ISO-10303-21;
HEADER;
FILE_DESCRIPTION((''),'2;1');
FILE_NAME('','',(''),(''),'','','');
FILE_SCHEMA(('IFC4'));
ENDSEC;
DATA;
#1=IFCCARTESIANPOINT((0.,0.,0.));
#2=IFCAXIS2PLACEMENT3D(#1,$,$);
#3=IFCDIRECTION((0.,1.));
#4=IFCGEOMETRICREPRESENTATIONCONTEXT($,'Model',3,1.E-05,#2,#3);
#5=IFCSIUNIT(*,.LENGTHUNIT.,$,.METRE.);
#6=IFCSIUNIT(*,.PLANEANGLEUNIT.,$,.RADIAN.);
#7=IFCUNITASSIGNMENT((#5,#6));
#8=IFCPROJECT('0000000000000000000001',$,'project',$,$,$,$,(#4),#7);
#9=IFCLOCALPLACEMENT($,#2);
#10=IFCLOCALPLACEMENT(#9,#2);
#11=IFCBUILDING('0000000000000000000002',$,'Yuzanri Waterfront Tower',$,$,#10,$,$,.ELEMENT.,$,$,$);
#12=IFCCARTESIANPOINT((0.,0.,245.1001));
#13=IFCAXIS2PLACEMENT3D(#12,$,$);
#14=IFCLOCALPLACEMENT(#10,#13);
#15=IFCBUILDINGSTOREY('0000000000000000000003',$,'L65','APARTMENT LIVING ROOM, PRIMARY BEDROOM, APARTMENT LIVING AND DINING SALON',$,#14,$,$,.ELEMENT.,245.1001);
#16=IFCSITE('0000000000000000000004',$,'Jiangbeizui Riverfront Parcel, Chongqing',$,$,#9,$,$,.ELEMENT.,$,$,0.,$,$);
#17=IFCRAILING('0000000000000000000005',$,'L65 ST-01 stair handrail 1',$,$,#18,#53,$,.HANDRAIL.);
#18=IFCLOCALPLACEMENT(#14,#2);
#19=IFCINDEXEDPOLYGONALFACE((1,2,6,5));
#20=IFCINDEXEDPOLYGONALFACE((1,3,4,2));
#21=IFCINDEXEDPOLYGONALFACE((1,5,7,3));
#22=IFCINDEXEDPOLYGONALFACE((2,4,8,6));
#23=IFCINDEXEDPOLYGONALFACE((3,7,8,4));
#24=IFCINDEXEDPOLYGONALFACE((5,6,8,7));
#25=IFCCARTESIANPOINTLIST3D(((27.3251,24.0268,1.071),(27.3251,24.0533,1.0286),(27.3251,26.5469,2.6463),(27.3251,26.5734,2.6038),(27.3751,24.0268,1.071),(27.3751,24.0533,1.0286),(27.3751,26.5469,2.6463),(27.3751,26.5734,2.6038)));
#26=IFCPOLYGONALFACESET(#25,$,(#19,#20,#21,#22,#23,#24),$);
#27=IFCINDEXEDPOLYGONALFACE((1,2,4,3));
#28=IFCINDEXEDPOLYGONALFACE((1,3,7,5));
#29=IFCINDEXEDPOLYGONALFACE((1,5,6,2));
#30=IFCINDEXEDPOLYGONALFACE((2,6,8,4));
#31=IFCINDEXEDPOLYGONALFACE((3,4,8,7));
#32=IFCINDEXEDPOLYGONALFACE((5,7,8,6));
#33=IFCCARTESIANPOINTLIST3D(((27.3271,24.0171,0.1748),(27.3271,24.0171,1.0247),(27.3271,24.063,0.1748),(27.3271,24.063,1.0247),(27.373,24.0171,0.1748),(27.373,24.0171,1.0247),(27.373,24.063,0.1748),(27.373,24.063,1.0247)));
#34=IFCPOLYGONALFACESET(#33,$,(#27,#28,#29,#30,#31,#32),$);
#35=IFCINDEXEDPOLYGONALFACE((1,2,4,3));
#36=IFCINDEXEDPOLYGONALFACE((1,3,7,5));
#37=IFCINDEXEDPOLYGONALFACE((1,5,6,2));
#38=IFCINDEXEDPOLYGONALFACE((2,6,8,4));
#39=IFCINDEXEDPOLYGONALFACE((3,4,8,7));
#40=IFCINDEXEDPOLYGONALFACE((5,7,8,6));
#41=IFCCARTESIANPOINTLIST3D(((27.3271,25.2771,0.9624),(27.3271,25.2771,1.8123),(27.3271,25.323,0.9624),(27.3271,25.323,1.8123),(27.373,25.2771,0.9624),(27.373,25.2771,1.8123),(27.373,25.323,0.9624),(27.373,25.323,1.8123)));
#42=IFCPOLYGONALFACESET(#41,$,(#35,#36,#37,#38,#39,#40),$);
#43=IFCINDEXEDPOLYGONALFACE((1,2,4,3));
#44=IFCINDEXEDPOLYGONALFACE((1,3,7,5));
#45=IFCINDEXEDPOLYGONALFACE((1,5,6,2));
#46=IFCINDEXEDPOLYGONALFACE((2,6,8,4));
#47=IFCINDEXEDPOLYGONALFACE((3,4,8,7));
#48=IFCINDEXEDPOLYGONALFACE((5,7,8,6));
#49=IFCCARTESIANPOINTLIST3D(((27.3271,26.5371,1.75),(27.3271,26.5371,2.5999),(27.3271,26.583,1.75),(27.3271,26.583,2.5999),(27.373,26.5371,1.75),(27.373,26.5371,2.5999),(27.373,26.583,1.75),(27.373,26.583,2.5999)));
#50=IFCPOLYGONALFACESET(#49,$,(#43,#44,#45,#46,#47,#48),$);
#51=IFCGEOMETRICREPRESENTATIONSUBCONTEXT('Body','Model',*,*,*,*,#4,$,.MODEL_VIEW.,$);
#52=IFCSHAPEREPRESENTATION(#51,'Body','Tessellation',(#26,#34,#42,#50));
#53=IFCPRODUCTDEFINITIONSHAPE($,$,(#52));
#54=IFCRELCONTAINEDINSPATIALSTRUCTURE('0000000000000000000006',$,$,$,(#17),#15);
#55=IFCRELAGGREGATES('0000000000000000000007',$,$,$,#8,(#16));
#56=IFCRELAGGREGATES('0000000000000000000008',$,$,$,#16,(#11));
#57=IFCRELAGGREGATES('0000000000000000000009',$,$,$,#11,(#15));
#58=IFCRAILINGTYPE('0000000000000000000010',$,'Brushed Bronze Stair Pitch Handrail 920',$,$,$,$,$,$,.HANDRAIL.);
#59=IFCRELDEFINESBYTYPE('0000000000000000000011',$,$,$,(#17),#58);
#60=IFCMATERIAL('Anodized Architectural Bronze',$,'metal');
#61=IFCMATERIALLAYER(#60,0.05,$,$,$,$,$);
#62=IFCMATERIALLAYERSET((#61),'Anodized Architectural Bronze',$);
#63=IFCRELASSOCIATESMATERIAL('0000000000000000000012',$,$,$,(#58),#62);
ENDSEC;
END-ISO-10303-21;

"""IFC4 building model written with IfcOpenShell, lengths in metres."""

from ifc_helpers import new_model, si_unit, direction, frame, origin, origin_2d, place, context, subcontext, project, spatial, rectangle, extrude, source, transform, mapped, material, layer, layer_set, type_object, element, save


model = new_model("IFC4")

# Units and contexts
model_context = context("Model", 3, precision=1e-05, world=origin(), true_north=direction((0.0, 1.0)))
body_context = subcontext(model_context, "Body", "Model", "MODEL_VIEW")
ifc_project = project(units=[si_unit("LENGTHUNIT", "METRE"), si_unit("PLANEANGLEUNIT", "RADIAN")], contexts=[model_context])

# Site, building, storey
site_placement = place(None, origin())
site = spatial("IfcSite", under=ifc_project, at=site_placement, Name="Jiangbeizui Riverfront Parcel, Chongqing", CompositionType="ELEMENT", RefElevation=0.0)
building_placement = place(site_placement, origin())
building = spatial("IfcBuilding", under=site, at=building_placement, Name="Yuzanri Waterfront Tower", CompositionType="ELEMENT")
storey_placement = place(building_placement, frame((0.0, 0.0, 245.1001)))
storey = spatial("IfcBuildingStorey", under=building, at=storey_placement, Name="L65", Description="APARTMENT LIVING ROOM, PRIMARY BEDROOM, APARTMENT LIVING AND DINING SALON", CompositionType="ELEMENT", Elevation=245.1001)

# Railing
ifc_material_1 = material(Name="Anodized Architectural Bronze", Category="metal")
ifc_layer_1 = layer(ifc_material_1, 0.05)
ifc_layer_set_1 = layer_set([ifc_layer_1], Name="Anodized Architectural Bronze")
railing_type_1 = type_object("IfcRailingType", Name="Brushed Bronze Stair Pitch Handrail 920", PredefinedType="HANDRAIL", material=ifc_layer_set_1)
shared_shape_1 = source(origin(), body_context, "Body", "SweptSolid", [
    extrude(rectangle(XDim=0.05, YDim=0.05, at=origin_2d()), frame((0.0, 0.0, 0.875), z_axis=(0.0, 0.847971, 0.530043), x_axis=(-1.0, 0.0, 0.0)), (0.0, 0.0, 1.0), 2.9719),
    extrude(rectangle(XDim=0.0459, YDim=0.0459, at=origin_2d()), origin(), (0.0, 0.0, 1.0), 0.8499),
    extrude(rectangle(XDim=0.0459, YDim=0.0459, at=origin_2d()), frame((0.0, 1.26, 0.7876)), (0.0, 0.0, 1.0), 0.8499),
    extrude(rectangle(XDim=0.0459, YDim=0.0459, at=origin_2d()), frame((0.0, 2.52, 1.5752)), (0.0, 0.0, 1.0), 0.8499),
])
railing_1_placement = place(storey_placement, frame((27.3501, 24.04, 0.1748)))
element("IfcRailing", 1, at=railing_1_placement, inside=storey, type_object=railing_type_1, Name="L65 ST-01 stair handrail 1", PredefinedType="HANDRAIL", context=body_context, shape_type="MappedRepresentation", body=[
    mapped(shared_shape_1, transform((0.0, 0.0, 0.0), scale=1.0)),
])

save(model, "model.ifc")
